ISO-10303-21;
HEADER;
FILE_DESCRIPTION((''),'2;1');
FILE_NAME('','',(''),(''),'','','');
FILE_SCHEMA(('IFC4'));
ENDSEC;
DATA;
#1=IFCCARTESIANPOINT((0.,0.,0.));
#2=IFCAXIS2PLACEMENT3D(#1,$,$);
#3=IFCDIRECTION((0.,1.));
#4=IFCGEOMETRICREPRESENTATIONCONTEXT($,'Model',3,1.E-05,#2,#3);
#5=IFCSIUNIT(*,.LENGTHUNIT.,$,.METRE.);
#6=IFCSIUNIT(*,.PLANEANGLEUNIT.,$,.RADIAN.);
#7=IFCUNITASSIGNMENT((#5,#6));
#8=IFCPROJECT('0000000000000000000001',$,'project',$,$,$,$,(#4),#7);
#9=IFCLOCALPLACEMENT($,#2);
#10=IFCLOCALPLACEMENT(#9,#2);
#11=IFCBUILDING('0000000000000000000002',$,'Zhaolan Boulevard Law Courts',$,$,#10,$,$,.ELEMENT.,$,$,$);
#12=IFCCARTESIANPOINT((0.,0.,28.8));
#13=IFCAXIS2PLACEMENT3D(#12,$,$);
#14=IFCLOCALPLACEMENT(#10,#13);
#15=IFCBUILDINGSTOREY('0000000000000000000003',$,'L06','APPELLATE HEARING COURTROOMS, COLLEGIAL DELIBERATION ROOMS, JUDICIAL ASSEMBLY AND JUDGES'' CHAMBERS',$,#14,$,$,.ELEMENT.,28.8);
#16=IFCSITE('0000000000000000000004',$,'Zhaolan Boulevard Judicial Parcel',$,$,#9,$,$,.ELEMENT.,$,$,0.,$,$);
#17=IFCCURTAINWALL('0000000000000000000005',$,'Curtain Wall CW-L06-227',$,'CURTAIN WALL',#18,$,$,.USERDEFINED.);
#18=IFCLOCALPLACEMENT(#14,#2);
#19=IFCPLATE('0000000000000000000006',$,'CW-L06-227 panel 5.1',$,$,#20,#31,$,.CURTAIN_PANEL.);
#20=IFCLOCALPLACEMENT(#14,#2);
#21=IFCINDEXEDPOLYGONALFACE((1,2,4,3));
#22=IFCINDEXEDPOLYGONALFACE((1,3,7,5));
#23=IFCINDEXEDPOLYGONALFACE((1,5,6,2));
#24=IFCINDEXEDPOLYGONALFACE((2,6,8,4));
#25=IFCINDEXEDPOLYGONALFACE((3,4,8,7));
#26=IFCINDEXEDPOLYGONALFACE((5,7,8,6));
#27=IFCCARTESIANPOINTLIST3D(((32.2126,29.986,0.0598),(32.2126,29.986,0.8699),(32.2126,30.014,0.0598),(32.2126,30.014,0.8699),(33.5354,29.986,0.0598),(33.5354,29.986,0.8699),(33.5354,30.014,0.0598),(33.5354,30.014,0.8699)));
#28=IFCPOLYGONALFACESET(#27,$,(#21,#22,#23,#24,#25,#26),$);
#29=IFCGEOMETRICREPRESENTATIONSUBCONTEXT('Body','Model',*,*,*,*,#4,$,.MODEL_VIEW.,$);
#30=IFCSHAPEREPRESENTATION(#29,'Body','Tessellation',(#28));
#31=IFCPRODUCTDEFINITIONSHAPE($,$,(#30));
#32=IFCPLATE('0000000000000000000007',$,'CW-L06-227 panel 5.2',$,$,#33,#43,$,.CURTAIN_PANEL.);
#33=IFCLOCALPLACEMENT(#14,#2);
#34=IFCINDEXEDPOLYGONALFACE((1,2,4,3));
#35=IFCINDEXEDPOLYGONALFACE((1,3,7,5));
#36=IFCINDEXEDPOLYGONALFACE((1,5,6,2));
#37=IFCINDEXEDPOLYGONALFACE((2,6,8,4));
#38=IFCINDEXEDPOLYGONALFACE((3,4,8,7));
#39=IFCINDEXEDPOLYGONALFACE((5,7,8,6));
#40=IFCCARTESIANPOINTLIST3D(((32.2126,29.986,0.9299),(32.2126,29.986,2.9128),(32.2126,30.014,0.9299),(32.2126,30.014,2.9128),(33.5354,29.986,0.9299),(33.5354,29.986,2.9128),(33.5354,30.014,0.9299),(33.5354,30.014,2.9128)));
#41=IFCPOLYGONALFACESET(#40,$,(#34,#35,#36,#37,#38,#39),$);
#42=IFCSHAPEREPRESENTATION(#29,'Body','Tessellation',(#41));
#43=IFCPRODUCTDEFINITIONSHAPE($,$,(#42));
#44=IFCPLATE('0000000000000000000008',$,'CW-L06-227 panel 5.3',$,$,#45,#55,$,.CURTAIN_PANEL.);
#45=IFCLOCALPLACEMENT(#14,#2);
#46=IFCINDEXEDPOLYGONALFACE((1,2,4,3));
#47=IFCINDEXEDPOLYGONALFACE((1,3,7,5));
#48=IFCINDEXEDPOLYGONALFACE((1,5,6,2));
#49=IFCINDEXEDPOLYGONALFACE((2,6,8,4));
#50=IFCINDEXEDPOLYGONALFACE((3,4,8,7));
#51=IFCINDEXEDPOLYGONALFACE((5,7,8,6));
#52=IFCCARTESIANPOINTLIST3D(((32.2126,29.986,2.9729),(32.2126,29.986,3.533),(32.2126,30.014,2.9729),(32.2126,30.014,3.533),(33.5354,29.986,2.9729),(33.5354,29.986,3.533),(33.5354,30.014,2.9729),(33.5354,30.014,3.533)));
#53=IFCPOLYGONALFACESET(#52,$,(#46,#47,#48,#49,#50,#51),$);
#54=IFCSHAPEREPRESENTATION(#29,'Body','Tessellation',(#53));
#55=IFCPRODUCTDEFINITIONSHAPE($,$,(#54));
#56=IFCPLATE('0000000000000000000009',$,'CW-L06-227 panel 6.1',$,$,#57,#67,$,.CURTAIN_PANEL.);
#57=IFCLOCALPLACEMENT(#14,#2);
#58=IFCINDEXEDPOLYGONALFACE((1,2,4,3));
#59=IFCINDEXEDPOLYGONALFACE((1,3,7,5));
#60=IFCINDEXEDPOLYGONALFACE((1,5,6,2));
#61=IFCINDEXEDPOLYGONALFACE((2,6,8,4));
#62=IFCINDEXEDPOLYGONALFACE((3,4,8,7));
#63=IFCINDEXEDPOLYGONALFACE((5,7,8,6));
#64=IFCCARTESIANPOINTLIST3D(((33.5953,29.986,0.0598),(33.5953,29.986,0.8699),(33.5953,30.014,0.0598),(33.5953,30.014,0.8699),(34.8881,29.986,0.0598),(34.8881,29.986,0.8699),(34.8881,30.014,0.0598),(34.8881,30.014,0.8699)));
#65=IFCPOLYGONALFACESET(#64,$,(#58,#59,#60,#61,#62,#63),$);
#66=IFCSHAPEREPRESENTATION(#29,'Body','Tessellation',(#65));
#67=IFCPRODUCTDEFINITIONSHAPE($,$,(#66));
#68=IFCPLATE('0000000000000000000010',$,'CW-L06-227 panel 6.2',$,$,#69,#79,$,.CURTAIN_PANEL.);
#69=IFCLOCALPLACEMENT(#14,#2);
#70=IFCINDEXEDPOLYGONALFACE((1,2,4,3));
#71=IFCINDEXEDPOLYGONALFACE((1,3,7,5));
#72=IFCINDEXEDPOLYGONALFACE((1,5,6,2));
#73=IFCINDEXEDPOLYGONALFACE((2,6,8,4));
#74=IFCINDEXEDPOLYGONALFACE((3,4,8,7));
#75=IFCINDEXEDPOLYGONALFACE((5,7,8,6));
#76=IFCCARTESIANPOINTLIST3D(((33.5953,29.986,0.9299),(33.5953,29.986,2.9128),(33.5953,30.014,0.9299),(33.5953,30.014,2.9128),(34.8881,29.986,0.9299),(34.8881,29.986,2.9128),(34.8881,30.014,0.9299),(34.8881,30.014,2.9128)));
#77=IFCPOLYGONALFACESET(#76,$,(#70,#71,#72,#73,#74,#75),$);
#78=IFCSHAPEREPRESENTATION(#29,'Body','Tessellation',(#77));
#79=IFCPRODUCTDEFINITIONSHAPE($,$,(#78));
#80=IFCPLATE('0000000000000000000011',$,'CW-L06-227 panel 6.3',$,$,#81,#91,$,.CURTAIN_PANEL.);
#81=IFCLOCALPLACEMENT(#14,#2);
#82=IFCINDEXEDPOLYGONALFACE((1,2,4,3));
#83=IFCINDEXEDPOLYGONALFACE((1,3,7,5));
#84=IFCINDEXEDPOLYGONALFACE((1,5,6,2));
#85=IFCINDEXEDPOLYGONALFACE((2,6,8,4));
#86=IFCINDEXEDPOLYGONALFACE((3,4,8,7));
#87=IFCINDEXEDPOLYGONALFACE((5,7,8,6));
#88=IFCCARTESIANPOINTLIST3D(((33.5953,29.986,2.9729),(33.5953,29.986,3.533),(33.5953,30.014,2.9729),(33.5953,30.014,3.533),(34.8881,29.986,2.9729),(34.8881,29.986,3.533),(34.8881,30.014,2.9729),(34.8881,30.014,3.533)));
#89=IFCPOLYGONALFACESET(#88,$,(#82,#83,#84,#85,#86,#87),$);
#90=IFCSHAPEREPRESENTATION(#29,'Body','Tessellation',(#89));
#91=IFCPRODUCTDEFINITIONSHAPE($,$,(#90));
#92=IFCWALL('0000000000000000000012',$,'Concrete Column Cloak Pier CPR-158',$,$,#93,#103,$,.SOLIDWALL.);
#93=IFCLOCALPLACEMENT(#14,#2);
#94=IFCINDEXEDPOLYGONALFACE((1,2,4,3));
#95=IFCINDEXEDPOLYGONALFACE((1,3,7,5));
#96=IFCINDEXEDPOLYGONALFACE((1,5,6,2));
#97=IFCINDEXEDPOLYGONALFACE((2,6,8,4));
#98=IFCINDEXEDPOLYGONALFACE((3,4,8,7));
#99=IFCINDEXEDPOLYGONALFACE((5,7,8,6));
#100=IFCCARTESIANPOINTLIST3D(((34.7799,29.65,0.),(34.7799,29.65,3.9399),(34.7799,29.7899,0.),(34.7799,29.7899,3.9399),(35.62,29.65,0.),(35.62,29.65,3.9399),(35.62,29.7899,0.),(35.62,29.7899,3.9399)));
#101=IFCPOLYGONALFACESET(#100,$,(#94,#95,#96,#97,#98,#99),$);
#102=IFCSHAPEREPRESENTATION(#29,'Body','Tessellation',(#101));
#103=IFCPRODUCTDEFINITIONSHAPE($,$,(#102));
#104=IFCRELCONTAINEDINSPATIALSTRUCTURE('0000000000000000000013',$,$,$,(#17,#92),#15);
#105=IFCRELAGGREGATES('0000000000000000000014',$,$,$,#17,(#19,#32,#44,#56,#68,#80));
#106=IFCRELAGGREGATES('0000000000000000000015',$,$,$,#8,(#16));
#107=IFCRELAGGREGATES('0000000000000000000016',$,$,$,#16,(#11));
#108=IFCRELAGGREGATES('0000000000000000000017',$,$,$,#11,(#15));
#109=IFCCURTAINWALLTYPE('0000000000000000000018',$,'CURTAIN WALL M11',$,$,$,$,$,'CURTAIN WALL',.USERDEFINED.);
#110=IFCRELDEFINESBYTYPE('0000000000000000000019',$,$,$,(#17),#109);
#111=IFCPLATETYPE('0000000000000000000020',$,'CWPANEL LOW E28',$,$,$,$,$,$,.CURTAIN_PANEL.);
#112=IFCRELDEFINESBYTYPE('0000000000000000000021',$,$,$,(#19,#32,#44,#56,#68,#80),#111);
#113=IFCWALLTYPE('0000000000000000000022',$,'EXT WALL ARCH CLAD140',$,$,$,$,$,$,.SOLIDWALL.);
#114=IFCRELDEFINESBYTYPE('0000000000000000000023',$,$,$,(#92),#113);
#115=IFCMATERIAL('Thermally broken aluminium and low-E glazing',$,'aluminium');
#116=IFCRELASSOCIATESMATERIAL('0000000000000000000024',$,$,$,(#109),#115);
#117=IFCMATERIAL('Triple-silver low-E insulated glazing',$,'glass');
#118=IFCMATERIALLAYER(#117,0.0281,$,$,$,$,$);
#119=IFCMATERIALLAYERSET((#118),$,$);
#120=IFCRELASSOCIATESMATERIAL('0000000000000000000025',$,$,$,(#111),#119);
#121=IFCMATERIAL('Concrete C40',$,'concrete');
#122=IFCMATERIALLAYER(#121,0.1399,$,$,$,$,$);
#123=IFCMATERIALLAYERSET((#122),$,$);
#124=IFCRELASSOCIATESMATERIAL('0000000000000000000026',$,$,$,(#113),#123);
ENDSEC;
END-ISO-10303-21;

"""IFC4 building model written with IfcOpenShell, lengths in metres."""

from ifc_helpers import new_model, si_unit, direction, frame, frame_2d, origin, origin_2d, place, context, subcontext, project, spatial, rectangle, extrude, material, layer, layer_set, type_object, element, aggregate, save


model = new_model("IFC4")

# Units and contexts
model_context = context("Model", 3, precision=1e-05, world=origin(), true_north=direction((0.0, 1.0)))
body_context = subcontext(model_context, "Body", "Model", "MODEL_VIEW")
ifc_project = project(units=[si_unit("LENGTHUNIT", "METRE"), si_unit("PLANEANGLEUNIT", "RADIAN")], contexts=[model_context])

# Site, building, storey
site_placement = place(None, origin())
site = spatial("IfcSite", under=ifc_project, at=site_placement, Name="Zhaolan Boulevard Judicial Parcel", CompositionType="ELEMENT", RefElevation=0.0)
building_placement = place(site_placement, origin())
building = spatial("IfcBuilding", under=site, at=building_placement, Name="Zhaolan Boulevard Law Courts", CompositionType="ELEMENT")
storey_placement = place(building_placement, frame((0.0, 0.0, 28.8)))
storey = spatial("IfcBuildingStorey", under=building, at=storey_placement, Name="L06", Description="APPELLATE HEARING COURTROOMS, COLLEGIAL DELIBERATION ROOMS, JUDICIAL ASSEMBLY AND JUDGES' CHAMBERS", CompositionType="ELEMENT", Elevation=28.8)

# Curtain wall, plates
ifc_material_1 = material(Name="Thermally broken aluminium and low-E glazing", Category="aluminium")
curtain_wall_type = type_object("IfcCurtainWallType", Name="CURTAIN WALL M11", ElementType="CURTAIN WALL", PredefinedType="USERDEFINED", material=ifc_material_1)
curtain_wall_placement = place(storey_placement, origin())
curtain_wall = element("IfcCurtainWall", 1, at=curtain_wall_placement, inside=storey, type_object=curtain_wall_type, Name="Curtain Wall CW-L06-227", ObjectType="CURTAIN WALL", PredefinedType="USERDEFINED")
ifc_material_2 = material(Name="Triple-silver low-E insulated glazing", Category="glass")
ifc_layer_1 = layer(ifc_material_2, 0.0281)
ifc_layer_set_1 = layer_set([ifc_layer_1])
plate_type = type_object("IfcPlateType", Name="CWPANEL LOW E28", PredefinedType="CURTAIN_PANEL", material=ifc_layer_set_1)
plate_1_placement = place(storey_placement, frame((32.874, 30.0, 0.0598), z_axis=(0.0, 0.0, 1.0), x_axis=(1.0, 0.0, 0.0)))
plate_1 = element("IfcPlate", 2, at=plate_1_placement, type_object=plate_type, Name="CW-L06-227 panel 5.1", PredefinedType="CURTAIN_PANEL", context=body_context, shape_type="SweptSolid", body=[
    extrude(rectangle(XDim=1.3228, YDim=0.0281, at=origin_2d()), origin(), (0.0, 0.0, 1.0), 0.8101),
])
plate_2_placement = place(storey_placement, frame((32.874, 30.0, 0.9299), z_axis=(0.0, 0.0, 1.0), x_axis=(1.0, 0.0, 0.0)))
plate_2 = element("IfcPlate", 3, at=plate_2_placement, type_object=plate_type, Name="CW-L06-227 panel 5.2", PredefinedType="CURTAIN_PANEL", context=body_context, shape_type="SweptSolid", body=[
    extrude(rectangle(XDim=1.3228, YDim=0.0281, at=origin_2d()), origin(), (0.0, 0.0, 1.0), 1.9829),
])
plate_3_placement = place(storey_placement, frame((32.874, 30.0, 2.9729), z_axis=(0.0, 0.0, 1.0), x_axis=(1.0, 0.0, 0.0)))
plate_3 = element("IfcPlate", 4, at=plate_3_placement, type_object=plate_type, Name="CW-L06-227 panel 5.3", PredefinedType="CURTAIN_PANEL", context=body_context, shape_type="SweptSolid", body=[
    extrude(rectangle(XDim=1.3228, YDim=0.0281, at=origin_2d()), origin(), (0.0, 0.0, 1.0), 0.5601),
])
plate_4_placement = place(storey_placement, frame((34.2417, 30.0, 0.0598), z_axis=(0.0, 0.0, 1.0), x_axis=(1.0, 0.0, 0.0)))
plate_4 = element("IfcPlate", 5, at=plate_4_placement, type_object=plate_type, Name="CW-L06-227 panel 6.1", PredefinedType="CURTAIN_PANEL", context=body_context, shape_type="SweptSolid", body=[
    extrude(rectangle(XDim=1.2927, YDim=0.0281, at=origin_2d()), origin(), (0.0, 0.0, 1.0), 0.8101),
])
plate_5_placement = place(storey_placement, frame((34.2417, 30.0, 0.9299), z_axis=(0.0, 0.0, 1.0), x_axis=(1.0, 0.0, 0.0)))
plate_5 = element("IfcPlate", 6, at=plate_5_placement, type_object=plate_type, Name="CW-L06-227 panel 6.2", PredefinedType="CURTAIN_PANEL", context=body_context, shape_type="SweptSolid", body=[
    extrude(rectangle(XDim=1.2927, YDim=0.0281, at=origin_2d()), origin(), (0.0, 0.0, 1.0), 1.9829),
])
plate_6_placement = place(storey_placement, frame((34.2417, 30.0, 2.9729), z_axis=(0.0, 0.0, 1.0), x_axis=(1.0, 0.0, 0.0)))
plate_6 = element("IfcPlate", 7, at=plate_6_placement, type_object=plate_type, Name="CW-L06-227 panel 6.3", PredefinedType="CURTAIN_PANEL", context=body_context, shape_type="SweptSolid", body=[
    extrude(rectangle(XDim=1.2927, YDim=0.0281, at=origin_2d()), origin(), (0.0, 0.0, 1.0), 0.5601),
])
aggregate(curtain_wall, [plate_1, plate_2, plate_3, plate_4, plate_5, plate_6])

# Wall
ifc_material_3 = material(Name="Concrete C40", Category="concrete")
ifc_layer_2 = layer(ifc_material_3, 0.1399)
ifc_layer_set_2 = layer_set([ifc_layer_2])
wall_type = type_object("IfcWallType", Name="EXT WALL ARCH CLAD140", PredefinedType="SOLIDWALL", material=ifc_layer_set_2)
wall_placement = place(storey_placement, frame((34.78, 29.72, 0.0), z_axis=(0.0, 0.0, 1.0), x_axis=(1.0, 0.0, 0.0)))
element("IfcWall", 8, at=wall_placement, inside=storey, type_object=wall_type, Name="Concrete Column Cloak Pier CPR-158", PredefinedType="SOLIDWALL", context=body_context, shape_type="SweptSolid", body=[
    extrude(rectangle(XDim=0.8401, YDim=0.1399, at=frame_2d((0.4199, 0.0))), origin(), (0.0, 0.0, 1.0), 3.9399),
])

save(model, "model.ifc")
